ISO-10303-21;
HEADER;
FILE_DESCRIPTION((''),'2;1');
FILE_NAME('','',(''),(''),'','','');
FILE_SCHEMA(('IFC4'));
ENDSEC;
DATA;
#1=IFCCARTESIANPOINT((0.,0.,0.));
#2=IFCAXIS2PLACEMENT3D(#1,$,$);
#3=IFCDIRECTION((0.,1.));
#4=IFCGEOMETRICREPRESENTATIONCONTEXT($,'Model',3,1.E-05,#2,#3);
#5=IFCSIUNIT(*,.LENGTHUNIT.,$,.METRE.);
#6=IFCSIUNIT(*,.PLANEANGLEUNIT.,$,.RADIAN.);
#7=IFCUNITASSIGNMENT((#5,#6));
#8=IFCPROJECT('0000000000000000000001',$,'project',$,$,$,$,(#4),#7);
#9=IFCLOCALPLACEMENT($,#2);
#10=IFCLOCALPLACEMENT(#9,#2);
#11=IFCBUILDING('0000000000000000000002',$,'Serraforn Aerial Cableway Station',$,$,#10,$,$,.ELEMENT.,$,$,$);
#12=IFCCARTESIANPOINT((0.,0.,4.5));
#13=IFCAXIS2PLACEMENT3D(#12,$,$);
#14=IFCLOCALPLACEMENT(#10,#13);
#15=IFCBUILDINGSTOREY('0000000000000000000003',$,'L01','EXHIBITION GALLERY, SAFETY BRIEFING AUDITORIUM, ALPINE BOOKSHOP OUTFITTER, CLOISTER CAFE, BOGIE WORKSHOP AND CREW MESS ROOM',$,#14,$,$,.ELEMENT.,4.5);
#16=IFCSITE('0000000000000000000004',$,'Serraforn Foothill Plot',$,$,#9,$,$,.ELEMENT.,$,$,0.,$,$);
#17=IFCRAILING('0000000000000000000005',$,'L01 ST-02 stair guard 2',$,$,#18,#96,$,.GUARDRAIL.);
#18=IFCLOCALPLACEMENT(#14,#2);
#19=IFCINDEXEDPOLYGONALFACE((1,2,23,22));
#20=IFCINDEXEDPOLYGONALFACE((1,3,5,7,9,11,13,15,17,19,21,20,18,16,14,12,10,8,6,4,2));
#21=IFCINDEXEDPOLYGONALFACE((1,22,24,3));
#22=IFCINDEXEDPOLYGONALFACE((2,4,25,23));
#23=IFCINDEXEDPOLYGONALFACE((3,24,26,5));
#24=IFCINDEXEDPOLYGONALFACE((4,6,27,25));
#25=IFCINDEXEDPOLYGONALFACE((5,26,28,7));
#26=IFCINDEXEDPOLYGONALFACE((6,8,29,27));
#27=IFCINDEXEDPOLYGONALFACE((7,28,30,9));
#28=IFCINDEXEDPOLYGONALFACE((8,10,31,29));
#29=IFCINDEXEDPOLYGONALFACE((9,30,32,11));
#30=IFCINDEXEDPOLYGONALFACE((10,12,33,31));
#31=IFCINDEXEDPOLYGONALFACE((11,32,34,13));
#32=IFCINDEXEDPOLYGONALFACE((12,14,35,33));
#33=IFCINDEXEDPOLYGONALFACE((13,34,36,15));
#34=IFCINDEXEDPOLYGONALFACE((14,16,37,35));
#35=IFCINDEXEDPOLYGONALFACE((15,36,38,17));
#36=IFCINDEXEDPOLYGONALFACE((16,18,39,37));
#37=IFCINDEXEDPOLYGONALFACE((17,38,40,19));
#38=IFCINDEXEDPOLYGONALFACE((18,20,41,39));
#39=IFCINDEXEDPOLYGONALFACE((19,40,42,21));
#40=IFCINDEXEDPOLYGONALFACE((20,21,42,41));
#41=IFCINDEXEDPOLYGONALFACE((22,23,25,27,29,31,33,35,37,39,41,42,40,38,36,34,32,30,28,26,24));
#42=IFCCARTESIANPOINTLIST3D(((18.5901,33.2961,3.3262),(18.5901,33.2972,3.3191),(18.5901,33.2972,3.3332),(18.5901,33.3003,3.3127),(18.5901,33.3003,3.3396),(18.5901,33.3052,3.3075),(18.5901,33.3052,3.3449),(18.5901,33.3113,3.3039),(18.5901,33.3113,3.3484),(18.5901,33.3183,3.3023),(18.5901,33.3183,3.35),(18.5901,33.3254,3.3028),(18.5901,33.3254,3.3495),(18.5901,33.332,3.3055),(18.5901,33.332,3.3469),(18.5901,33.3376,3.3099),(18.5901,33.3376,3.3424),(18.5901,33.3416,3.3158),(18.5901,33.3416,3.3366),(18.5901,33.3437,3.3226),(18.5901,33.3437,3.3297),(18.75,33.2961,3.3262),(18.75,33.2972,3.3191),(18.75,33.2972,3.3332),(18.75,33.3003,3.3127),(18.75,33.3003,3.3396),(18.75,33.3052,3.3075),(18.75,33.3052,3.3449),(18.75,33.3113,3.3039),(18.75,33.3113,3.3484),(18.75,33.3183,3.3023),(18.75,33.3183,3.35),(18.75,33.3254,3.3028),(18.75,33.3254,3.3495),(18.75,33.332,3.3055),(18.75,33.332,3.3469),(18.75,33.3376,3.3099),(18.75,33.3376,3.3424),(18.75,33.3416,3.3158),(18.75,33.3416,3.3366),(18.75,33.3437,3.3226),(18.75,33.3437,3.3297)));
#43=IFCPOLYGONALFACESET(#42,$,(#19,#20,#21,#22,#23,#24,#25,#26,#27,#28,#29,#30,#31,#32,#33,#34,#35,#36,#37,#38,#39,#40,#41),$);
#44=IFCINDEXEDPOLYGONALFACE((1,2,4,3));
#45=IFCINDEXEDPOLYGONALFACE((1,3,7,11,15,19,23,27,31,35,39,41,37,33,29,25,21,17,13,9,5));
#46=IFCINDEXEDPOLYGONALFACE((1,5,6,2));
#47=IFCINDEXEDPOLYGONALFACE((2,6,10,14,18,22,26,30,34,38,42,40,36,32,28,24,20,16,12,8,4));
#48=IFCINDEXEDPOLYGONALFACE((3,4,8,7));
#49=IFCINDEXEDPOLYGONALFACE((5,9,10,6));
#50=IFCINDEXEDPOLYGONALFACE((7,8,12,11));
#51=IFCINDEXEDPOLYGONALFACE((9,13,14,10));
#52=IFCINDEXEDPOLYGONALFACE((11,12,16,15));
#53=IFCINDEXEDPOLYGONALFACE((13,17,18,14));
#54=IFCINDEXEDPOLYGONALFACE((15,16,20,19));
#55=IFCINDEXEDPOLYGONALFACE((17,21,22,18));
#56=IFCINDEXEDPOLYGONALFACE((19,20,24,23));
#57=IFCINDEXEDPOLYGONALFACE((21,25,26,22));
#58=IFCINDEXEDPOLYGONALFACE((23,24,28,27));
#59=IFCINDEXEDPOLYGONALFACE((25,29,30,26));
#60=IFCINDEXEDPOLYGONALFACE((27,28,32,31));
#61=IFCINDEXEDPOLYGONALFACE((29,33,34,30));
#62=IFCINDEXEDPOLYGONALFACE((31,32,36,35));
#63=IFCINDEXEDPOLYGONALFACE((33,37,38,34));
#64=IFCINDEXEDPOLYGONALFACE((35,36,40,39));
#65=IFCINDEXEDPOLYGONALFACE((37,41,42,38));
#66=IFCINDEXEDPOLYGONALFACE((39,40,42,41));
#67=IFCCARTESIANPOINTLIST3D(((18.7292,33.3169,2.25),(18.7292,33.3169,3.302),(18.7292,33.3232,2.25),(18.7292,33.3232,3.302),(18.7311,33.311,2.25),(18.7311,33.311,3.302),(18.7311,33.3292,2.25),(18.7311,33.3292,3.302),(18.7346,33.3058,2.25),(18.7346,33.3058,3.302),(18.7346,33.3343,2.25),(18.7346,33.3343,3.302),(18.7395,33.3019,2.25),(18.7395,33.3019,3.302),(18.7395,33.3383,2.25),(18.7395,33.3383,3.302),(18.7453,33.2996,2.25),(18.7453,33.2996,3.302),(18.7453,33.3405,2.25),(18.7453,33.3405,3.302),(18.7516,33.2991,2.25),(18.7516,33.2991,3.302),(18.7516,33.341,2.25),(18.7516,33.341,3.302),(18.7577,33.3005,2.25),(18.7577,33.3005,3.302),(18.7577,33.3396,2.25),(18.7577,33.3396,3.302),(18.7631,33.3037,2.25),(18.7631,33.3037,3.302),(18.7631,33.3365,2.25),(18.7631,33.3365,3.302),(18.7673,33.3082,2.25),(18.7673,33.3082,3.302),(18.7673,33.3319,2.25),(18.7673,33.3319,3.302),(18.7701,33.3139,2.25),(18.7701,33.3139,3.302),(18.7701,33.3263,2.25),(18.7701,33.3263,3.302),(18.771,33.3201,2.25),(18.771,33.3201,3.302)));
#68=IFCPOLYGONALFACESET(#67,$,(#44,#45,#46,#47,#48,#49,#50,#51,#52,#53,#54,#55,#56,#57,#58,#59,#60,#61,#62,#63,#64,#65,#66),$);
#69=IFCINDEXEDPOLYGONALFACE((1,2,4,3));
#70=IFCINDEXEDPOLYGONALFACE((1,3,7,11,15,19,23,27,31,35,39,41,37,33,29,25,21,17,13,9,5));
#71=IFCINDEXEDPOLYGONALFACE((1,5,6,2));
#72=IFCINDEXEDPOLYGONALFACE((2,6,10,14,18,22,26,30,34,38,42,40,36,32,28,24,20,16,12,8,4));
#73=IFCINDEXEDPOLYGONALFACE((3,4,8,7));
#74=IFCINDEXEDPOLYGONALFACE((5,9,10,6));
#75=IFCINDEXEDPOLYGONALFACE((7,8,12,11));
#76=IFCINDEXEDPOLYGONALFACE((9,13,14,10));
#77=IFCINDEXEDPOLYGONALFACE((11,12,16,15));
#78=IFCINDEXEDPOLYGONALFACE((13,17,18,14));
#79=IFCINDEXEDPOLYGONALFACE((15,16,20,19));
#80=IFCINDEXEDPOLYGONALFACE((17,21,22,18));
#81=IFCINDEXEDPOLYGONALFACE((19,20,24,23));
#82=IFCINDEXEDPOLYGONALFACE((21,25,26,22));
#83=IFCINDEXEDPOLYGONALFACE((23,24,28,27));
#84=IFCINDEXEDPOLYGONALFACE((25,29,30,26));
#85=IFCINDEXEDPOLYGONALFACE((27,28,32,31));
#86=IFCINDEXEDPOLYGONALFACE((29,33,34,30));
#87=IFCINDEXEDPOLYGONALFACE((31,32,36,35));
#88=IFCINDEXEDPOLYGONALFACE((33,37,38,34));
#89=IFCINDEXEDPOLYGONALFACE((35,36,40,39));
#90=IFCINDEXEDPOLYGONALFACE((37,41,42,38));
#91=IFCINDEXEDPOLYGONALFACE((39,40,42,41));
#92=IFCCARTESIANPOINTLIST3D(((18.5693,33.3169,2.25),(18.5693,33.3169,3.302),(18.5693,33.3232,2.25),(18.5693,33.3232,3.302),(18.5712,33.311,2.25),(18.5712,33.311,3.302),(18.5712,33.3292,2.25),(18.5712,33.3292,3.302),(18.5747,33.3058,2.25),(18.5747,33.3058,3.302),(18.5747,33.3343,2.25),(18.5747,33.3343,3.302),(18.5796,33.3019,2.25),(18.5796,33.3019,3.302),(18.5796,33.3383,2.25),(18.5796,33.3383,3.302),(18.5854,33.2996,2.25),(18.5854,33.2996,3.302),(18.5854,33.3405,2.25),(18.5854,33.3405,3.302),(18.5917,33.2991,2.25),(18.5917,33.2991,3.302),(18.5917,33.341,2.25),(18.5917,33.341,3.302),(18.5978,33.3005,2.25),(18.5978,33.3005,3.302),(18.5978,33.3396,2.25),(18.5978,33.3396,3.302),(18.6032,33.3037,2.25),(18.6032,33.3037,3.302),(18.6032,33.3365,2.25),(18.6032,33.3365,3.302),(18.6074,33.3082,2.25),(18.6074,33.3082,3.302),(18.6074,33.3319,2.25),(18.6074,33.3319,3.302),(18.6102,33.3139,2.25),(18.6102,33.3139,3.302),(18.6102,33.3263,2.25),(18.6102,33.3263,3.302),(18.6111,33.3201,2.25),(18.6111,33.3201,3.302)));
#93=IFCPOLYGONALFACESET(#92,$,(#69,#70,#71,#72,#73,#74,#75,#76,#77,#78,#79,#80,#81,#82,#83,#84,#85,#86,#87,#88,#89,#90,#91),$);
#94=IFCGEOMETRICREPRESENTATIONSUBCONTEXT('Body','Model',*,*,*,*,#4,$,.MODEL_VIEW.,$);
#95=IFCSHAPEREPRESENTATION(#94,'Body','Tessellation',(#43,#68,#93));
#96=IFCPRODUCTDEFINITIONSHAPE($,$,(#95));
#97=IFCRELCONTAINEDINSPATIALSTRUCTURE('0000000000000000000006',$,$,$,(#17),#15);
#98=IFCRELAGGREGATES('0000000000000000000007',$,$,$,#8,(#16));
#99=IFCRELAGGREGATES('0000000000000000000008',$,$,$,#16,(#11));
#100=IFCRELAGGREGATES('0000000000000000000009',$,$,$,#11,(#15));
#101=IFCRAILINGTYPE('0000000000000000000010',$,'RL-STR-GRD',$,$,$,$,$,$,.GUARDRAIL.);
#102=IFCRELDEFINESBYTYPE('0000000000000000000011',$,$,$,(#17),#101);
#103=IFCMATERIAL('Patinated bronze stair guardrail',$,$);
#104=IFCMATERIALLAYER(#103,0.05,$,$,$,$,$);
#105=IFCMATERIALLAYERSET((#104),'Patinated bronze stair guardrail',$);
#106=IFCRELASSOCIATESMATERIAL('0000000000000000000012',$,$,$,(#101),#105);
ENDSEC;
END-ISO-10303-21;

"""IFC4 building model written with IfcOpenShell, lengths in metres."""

from ifc_helpers import new_model, si_unit, direction, frame, origin, origin_2d, place, context, subcontext, project, spatial, circle, extrude, material, layer, layer_set, type_object, element, save


model = new_model("IFC4")

# Units and contexts
model_context = context("Model", 3, precision=1e-05, world=origin(), true_north=direction((0.0, 1.0)))
body_context = subcontext(model_context, "Body", "Model", "MODEL_VIEW")
ifc_project = project(units=[si_unit("LENGTHUNIT", "METRE"), si_unit("PLANEANGLEUNIT", "RADIAN")], contexts=[model_context])

# Site, building, storey
site_placement = place(None, origin())
site = spatial("IfcSite", under=ifc_project, at=site_placement, Name="Serraforn Foothill Plot", CompositionType="ELEMENT", RefElevation=0.0)
building_placement = place(site_placement, origin())
building = spatial("IfcBuilding", under=site, at=building_placement, Name="Serraforn Aerial Cableway Station", CompositionType="ELEMENT")
storey_placement = place(building_placement, frame((0.0, 0.0, 4.5)))
storey = spatial("IfcBuildingStorey", under=building, at=storey_placement, Name="L01", Description="EXHIBITION GALLERY, SAFETY BRIEFING AUDITORIUM, ALPINE BOOKSHOP OUTFITTER, CLOISTER CAFE, BOGIE WORKSHOP AND CREW MESS ROOM", CompositionType="ELEMENT", Elevation=4.5)

# Railing
ifc_material_1 = material(Name="Patinated bronze stair guardrail")
ifc_layer_1 = layer(ifc_material_1, 0.05)
ifc_layer_set_1 = layer_set([ifc_layer_1], Name="Patinated bronze stair guardrail")
railing_type_1 = type_object("IfcRailingType", Name="RL-STR-GRD", PredefinedType="GUARDRAIL", material=ifc_layer_set_1)
railing_1_placement = place(storey_placement, frame((18.75, 33.3201, 2.25)))
element("IfcRailing", 1, at=railing_1_placement, inside=storey, type_object=railing_type_1, Name="L01 ST-02 stair guard 2", PredefinedType="GUARDRAIL", context=body_context, shape_type="SweptSolid", body=[
    extrude(circle(Radius=0.0239, at=origin_2d()), frame((0.0, 0.0, 1.0762), z_axis=(-1.0, 0.0, 0.0), x_axis=(0.0, -1.0, 0.0)), (0.0, 0.0, 1.0), 0.1599),
    extrude(circle(Radius=0.021, at=origin_2d()), origin(), (0.0, 0.0, 1.0), 1.052),
    extrude(circle(Radius=0.021, at=origin_2d()), frame((-0.1599, 0.0, 0.0)), (0.0, 0.0, 1.0), 1.052),
])

save(model, "model.ifc")
